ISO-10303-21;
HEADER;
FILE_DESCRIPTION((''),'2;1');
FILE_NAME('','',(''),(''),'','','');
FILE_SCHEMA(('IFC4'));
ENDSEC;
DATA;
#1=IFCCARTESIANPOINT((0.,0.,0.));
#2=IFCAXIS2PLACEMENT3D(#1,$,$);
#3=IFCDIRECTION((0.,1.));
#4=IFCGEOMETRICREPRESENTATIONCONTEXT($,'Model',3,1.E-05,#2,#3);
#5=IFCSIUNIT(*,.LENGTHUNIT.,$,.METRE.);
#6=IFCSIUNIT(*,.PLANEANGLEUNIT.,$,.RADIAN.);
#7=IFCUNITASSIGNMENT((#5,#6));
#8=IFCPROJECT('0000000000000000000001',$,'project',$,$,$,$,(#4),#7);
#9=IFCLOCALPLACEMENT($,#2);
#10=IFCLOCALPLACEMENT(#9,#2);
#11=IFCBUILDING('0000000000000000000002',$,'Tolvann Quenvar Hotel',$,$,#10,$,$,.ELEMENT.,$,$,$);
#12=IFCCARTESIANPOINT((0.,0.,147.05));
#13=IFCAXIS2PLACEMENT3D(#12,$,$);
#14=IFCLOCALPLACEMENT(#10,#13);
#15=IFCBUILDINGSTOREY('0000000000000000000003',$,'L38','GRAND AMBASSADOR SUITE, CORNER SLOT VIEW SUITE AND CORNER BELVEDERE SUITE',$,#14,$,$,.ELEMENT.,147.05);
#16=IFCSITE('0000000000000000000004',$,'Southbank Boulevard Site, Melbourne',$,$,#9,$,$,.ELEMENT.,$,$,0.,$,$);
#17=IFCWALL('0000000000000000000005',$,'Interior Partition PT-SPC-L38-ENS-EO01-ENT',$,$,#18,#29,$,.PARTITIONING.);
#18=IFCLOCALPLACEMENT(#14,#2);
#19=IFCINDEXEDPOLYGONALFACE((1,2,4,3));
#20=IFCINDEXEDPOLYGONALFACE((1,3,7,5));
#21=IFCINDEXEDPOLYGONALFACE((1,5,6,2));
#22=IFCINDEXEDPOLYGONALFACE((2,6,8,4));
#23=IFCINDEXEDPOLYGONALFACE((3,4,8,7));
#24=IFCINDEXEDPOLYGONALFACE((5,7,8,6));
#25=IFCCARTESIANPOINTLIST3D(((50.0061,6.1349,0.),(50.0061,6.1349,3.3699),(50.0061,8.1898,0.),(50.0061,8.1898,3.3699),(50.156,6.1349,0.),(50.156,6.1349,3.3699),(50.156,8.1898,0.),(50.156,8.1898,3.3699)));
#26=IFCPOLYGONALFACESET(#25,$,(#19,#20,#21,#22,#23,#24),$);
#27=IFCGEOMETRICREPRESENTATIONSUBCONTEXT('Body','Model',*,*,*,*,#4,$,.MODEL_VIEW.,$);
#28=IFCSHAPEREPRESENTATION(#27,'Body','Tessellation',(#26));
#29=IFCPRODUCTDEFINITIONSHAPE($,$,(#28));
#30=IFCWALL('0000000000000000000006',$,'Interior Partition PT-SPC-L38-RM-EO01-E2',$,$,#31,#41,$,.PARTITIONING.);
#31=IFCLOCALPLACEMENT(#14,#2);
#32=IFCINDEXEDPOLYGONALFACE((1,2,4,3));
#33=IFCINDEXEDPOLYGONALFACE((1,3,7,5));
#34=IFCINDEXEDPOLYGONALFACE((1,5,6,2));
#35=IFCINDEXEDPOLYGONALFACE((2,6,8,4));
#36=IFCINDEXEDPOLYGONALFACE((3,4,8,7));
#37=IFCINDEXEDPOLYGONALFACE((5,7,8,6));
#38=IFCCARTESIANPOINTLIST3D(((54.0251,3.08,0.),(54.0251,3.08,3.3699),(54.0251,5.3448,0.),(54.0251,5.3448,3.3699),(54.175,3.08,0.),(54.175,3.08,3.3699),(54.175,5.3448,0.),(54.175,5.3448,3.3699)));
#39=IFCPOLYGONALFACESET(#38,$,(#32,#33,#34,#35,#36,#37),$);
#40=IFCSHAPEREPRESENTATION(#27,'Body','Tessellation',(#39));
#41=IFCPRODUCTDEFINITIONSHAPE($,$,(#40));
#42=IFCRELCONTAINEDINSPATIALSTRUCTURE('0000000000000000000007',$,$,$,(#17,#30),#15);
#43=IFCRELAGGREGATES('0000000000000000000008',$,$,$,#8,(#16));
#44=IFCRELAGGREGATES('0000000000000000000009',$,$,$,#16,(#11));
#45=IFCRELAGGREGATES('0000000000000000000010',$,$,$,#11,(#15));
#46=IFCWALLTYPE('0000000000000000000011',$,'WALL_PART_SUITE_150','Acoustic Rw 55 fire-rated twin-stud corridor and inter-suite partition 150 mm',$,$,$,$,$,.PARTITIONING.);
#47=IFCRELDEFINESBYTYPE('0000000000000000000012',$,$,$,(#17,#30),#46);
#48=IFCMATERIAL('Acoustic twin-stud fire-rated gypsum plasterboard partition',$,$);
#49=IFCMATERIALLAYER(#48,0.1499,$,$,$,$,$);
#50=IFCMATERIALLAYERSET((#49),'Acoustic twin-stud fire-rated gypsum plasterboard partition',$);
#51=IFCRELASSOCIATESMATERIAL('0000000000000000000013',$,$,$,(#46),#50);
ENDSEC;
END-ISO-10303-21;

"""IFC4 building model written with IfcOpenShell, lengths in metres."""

from ifc_helpers import new_model, si_unit, direction, frame, frame_2d, origin, place, context, subcontext, project, spatial, rectangle, extrude, material, layer, layer_set, type_object, element, save


model = new_model("IFC4")

# Units and contexts
model_context = context("Model", 3, precision=1e-05, world=origin(), true_north=direction((0.0, 1.0)))
body_context = subcontext(model_context, "Body", "Model", "MODEL_VIEW")
ifc_project = project(units=[si_unit("LENGTHUNIT", "METRE"), si_unit("PLANEANGLEUNIT", "RADIAN")], contexts=[model_context])

# Site, building, storey
site_placement = place(None, origin())
site = spatial("IfcSite", under=ifc_project, at=site_placement, Name="Southbank Boulevard Site, Melbourne", CompositionType="ELEMENT", RefElevation=0.0)
building_placement = place(site_placement, origin())
building = spatial("IfcBuilding", under=site, at=building_placement, Name="Tolvann Quenvar Hotel", CompositionType="ELEMENT")
storey_placement = place(building_placement, frame((0.0, 0.0, 147.05)))
storey = spatial("IfcBuildingStorey", under=building, at=storey_placement, Name="L38", Description="GRAND AMBASSADOR SUITE, CORNER SLOT VIEW SUITE AND CORNER BELVEDERE SUITE", CompositionType="ELEMENT", Elevation=147.05)

# Walls
ifc_material_1 = material(Name="Acoustic twin-stud fire-rated gypsum plasterboard partition")
ifc_layer_1 = layer(ifc_material_1, 0.1499)
ifc_layer_set_1 = layer_set([ifc_layer_1], Name="Acoustic twin-stud fire-rated gypsum plasterboard partition")
wall_type_1 = type_object("IfcWallType", Name="WALL_PART_SUITE_150", Description="Acoustic Rw 55 fire-rated twin-stud corridor and inter-suite partition 150 mm", PredefinedType="PARTITIONING", material=ifc_layer_set_1)
wall_1_placement = place(storey_placement, frame((50.0811, 6.135, 0.0), z_axis=(0.0, 0.0, 1.0), x_axis=(0.0, 1.0, 0.0)))
element("IfcWall", 1, at=wall_1_placement, inside=storey, type_object=wall_type_1, Name="Interior Partition PT-SPC-L38-ENS-EO01-ENT", PredefinedType="PARTITIONING", context=body_context, shape_type="SweptSolid", body=[
    extrude(rectangle(XDim=2.0549, YDim=0.1499, at=frame_2d((1.0273, 0.0))), origin(), (0.0, 0.0, 1.0), 3.3699),
])
wall_2_placement = place(storey_placement, frame((54.1001, 3.0801, 0.0), z_axis=(0.0, 0.0, 1.0), x_axis=(0.0, 1.0, 0.0)))
element("IfcWall", 2, at=wall_2_placement, inside=storey, type_object=wall_type_1, Name="Interior Partition PT-SPC-L38-RM-EO01-E2", PredefinedType="PARTITIONING", context=body_context, shape_type="SweptSolid", body=[
    extrude(rectangle(XDim=2.2649, YDim=0.1499, at=frame_2d((1.1323, 0.0))), origin(), (0.0, 0.0, 1.0), 3.3699),
])

save(model, "model.ifc")
